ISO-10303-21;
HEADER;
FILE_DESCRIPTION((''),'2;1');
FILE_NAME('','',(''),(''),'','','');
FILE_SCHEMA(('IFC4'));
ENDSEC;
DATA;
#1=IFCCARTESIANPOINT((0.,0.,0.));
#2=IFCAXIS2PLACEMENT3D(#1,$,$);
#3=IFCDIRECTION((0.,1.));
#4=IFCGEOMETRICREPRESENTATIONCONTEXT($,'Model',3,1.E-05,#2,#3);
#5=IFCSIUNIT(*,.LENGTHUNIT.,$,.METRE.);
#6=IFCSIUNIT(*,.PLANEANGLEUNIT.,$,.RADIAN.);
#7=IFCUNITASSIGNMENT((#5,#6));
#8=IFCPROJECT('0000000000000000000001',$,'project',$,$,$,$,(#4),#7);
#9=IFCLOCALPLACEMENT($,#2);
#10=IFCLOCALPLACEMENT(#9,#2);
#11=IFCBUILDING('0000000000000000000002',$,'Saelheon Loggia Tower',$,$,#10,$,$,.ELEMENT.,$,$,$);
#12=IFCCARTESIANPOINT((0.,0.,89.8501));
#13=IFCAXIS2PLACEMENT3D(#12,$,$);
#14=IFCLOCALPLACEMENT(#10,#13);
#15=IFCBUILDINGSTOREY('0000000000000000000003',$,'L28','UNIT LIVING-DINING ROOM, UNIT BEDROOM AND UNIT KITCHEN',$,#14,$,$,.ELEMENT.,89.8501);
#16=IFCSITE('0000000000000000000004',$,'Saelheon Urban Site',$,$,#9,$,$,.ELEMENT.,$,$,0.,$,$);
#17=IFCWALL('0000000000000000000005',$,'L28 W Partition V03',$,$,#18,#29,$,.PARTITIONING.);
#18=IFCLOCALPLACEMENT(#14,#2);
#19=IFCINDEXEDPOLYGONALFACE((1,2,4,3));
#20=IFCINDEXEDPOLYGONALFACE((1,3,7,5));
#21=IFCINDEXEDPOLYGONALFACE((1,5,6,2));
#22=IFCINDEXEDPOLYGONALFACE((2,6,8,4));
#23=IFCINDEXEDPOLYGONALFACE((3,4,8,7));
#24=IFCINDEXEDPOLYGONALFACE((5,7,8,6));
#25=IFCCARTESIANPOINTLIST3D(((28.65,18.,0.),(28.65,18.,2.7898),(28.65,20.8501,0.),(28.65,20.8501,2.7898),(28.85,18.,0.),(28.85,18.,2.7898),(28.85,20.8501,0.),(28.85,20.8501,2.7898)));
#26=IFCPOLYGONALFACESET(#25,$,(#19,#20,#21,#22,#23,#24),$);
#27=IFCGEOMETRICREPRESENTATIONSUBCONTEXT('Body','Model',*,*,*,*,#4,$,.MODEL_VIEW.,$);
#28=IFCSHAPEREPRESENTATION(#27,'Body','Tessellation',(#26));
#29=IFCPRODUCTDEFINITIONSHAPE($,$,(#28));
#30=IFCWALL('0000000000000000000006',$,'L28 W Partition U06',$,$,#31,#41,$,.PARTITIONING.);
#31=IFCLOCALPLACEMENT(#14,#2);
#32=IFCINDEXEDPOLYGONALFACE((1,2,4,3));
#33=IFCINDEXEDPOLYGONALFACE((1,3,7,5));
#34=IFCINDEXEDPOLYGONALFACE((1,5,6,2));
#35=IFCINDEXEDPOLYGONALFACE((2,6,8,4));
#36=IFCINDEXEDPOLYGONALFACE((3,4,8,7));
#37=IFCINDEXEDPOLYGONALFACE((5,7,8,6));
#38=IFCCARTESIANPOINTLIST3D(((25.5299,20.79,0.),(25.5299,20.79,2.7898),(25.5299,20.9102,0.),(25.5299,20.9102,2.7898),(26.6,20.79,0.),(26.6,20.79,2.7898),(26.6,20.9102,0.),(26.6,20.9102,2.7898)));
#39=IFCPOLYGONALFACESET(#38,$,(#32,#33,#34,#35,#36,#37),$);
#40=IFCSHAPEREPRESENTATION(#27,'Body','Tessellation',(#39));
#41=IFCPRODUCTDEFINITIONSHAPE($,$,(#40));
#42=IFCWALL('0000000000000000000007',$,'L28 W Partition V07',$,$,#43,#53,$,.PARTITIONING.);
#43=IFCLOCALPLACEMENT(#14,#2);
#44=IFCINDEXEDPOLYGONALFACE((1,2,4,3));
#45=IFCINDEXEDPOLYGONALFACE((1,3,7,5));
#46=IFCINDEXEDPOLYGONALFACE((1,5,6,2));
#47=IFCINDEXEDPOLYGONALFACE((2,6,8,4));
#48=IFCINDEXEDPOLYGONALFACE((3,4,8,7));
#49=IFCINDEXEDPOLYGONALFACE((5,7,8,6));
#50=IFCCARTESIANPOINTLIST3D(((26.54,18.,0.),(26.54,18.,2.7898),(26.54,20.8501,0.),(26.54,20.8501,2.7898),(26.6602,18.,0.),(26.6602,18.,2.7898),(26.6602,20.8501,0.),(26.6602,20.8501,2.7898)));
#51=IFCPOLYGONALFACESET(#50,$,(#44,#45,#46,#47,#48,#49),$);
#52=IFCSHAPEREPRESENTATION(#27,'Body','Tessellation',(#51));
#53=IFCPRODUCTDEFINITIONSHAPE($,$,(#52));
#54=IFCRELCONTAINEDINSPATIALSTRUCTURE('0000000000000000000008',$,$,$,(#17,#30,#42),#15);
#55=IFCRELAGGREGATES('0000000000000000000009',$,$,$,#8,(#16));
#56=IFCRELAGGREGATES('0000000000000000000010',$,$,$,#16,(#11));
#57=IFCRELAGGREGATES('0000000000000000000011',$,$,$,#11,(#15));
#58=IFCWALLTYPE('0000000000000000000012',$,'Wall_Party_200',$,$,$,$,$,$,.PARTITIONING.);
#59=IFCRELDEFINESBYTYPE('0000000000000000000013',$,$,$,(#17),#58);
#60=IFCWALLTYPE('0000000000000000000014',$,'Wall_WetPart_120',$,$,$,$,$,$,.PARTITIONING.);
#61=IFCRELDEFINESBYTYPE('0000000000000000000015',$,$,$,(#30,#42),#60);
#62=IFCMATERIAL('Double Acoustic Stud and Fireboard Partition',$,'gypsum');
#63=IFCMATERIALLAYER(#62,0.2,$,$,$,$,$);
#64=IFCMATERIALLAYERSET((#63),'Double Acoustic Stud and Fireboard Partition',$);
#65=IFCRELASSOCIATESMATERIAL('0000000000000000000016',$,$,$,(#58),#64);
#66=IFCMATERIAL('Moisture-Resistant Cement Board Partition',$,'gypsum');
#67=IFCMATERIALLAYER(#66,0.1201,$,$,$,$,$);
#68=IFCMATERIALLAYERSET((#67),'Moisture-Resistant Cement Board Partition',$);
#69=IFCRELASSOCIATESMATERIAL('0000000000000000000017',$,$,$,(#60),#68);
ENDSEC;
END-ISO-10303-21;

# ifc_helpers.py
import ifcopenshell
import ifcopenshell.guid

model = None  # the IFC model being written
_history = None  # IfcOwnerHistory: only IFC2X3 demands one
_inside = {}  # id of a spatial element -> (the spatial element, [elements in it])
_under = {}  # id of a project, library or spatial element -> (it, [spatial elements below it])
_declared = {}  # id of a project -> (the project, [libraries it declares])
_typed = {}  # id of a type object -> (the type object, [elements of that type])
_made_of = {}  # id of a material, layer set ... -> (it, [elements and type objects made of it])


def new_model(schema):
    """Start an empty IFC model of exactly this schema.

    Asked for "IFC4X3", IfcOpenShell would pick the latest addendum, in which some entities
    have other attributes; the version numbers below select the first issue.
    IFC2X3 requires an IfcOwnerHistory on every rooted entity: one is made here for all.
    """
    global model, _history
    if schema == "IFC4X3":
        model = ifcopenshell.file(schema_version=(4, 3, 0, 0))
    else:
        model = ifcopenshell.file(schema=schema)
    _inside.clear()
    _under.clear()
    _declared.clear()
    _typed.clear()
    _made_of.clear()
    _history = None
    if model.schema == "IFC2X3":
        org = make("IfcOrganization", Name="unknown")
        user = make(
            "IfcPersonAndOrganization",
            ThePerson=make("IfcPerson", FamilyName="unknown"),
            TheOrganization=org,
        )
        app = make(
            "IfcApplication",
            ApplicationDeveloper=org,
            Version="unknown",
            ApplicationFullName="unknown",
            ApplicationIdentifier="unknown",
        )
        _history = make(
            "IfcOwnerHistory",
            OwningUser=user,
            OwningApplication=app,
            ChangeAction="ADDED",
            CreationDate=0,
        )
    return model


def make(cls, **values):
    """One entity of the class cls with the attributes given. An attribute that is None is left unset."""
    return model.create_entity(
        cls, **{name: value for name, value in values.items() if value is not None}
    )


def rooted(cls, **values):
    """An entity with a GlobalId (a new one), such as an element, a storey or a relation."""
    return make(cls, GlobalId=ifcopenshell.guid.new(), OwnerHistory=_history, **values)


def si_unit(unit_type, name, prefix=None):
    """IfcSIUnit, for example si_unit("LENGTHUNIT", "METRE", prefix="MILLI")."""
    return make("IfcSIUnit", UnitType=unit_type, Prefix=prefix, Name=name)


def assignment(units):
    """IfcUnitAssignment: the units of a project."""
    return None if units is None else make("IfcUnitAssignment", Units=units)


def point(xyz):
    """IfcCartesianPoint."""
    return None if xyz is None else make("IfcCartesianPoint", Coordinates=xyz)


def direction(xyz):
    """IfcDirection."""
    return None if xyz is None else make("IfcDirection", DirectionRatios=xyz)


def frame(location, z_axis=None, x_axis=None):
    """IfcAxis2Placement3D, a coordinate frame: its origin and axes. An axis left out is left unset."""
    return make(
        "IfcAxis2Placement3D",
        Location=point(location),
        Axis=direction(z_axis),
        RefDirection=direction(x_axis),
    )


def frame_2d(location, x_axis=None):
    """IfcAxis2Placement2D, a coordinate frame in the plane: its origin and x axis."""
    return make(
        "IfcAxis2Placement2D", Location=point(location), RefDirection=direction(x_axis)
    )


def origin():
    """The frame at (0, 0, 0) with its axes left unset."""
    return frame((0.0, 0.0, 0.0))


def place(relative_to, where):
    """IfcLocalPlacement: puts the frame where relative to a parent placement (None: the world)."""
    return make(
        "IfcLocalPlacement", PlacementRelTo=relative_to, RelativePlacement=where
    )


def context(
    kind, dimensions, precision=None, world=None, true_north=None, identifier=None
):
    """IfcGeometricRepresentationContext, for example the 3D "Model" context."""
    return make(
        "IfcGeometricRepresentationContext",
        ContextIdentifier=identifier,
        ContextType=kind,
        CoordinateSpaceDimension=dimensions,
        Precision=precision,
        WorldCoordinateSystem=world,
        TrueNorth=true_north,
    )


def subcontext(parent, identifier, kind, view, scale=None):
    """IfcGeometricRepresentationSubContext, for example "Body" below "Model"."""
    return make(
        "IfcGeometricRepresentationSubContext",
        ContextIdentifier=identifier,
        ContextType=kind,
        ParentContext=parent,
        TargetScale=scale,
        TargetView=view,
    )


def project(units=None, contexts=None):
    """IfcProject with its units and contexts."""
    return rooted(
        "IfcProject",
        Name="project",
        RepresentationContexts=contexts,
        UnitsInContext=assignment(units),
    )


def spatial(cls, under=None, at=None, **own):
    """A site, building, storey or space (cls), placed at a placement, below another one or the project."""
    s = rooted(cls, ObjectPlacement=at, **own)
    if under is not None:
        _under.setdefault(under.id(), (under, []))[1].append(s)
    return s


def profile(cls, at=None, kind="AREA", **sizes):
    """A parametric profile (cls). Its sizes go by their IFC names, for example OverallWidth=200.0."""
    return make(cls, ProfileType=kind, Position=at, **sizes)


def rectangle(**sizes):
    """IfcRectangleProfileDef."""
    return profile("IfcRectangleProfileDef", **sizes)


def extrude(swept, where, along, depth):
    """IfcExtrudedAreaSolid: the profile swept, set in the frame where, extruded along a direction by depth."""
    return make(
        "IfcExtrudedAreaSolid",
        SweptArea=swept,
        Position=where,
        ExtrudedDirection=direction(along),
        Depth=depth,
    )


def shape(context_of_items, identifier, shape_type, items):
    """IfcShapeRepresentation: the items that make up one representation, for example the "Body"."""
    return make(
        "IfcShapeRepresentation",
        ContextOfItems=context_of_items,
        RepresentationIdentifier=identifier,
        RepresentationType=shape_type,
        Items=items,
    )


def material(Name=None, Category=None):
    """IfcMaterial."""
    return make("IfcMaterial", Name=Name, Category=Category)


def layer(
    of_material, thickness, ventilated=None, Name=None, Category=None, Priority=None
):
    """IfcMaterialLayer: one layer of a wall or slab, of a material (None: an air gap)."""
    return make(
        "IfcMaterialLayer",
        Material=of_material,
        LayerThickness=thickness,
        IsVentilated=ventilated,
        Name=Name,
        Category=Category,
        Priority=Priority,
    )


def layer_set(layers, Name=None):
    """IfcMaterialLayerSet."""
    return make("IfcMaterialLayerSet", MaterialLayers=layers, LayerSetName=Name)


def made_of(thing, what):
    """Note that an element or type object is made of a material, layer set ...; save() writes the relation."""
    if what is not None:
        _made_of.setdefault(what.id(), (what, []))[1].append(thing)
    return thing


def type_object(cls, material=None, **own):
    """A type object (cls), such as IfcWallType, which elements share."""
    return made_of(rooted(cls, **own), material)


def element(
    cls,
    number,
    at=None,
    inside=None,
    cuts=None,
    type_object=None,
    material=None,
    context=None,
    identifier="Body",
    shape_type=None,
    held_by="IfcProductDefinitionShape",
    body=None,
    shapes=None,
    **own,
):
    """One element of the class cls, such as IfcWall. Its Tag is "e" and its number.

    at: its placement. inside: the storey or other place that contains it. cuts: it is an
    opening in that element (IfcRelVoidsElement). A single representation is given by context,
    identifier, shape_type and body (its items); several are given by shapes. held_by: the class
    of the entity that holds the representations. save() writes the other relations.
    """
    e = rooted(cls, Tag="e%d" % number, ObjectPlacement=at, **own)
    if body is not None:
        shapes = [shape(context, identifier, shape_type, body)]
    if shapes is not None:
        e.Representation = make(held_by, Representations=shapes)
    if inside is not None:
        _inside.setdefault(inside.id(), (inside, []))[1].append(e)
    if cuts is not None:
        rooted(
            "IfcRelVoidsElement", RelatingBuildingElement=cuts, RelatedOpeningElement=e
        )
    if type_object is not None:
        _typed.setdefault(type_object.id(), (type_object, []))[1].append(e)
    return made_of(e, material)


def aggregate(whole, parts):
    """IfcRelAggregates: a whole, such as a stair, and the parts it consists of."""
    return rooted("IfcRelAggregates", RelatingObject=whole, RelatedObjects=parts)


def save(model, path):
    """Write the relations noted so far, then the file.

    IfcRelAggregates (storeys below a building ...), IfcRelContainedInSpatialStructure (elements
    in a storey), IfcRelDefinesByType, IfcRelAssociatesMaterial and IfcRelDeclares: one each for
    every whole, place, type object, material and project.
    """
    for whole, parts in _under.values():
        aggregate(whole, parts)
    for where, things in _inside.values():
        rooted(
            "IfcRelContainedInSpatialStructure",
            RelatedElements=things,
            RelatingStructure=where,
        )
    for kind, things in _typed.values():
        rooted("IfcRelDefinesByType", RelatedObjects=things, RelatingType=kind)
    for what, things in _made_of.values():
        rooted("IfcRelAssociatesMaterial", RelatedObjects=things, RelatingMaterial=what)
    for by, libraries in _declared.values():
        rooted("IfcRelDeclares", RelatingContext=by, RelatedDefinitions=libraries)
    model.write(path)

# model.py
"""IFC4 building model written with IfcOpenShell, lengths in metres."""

from ifc_helpers import new_model, si_unit, direction, frame, frame_2d, origin, place, context, subcontext, project, spatial, rectangle, extrude, material, layer, layer_set, type_object, element, save


model = new_model("IFC4")

# Units and contexts
model_context = context("Model", 3, precision=1e-05, world=origin(), true_north=direction((0.0, 1.0)))
body_context = subcontext(model_context, "Body", "Model", "MODEL_VIEW")
ifc_project = project(units=[si_unit("LENGTHUNIT", "METRE"), si_unit("PLANEANGLEUNIT", "RADIAN")], contexts=[model_context])

# Site, building, storey
site_placement = place(None, origin())
site = spatial("IfcSite", under=ifc_project, at=site_placement, Name="Saelheon Urban Site", CompositionType="ELEMENT", RefElevation=0.0)
building_placement = place(site_placement, origin())
building = spatial("IfcBuilding", under=site, at=building_placement, Name="Saelheon Loggia Tower", CompositionType="ELEMENT")
storey_placement = place(building_placement, frame((0.0, 0.0, 89.8501)))
storey = spatial("IfcBuildingStorey", under=building, at=storey_placement, Name="L28", Description="UNIT LIVING-DINING ROOM, UNIT BEDROOM AND UNIT KITCHEN", CompositionType="ELEMENT", Elevation=89.8501)

# Wall
ifc_material_1 = material(Name="Double Acoustic Stud and Fireboard Partition", Category="gypsum")
ifc_layer_1 = layer(ifc_material_1, 0.2)
ifc_layer_set_1 = layer_set([ifc_layer_1], Name="Double Acoustic Stud and Fireboard Partition")
wall_type_1 = type_object("IfcWallType", Name="Wall_Party_200", PredefinedType="PARTITIONING", material=ifc_layer_set_1)
wall_1_placement = place(storey_placement, frame((28.75, 18.0, 0.0), z_axis=(0.0, 0.0, 1.0), x_axis=(0.0, 1.0, 0.0)))
element("IfcWall", 1, at=wall_1_placement, inside=storey, type_object=wall_type_1, Name="L28 W Partition V03", PredefinedType="PARTITIONING", context=body_context, shape_type="SweptSolid", body=[
    extrude(rectangle(XDim=2.8501, YDim=0.2, at=frame_2d((1.425, 0.0))), origin(), (0.0, 0.0, 1.0), 2.7898),
])

# Walls
ifc_material_2 = material(Name="Moisture-Resistant Cement Board Partition", Category="gypsum")
ifc_layer_2 = layer(ifc_material_2, 0.1201)
ifc_layer_set_2 = layer_set([ifc_layer_2], Name="Moisture-Resistant Cement Board Partition")
wall_type_2 = type_object("IfcWallType", Name="Wall_WetPart_120", PredefinedType="PARTITIONING", material=ifc_layer_set_2)
wall_2_placement = place(storey_placement, frame((26.6001, 20.8501, 0.0), z_axis=(0.0, 0.0, 1.0), x_axis=(-1.0, 0.0, 0.0)))
element("IfcWall", 2, at=wall_2_placement, inside=storey, type_object=wall_type_2, Name="L28 W Partition U06", PredefinedType="PARTITIONING", context=body_context, shape_type="SweptSolid", body=[
    extrude(rectangle(XDim=1.0701, YDim=0.1201, at=frame_2d((0.5352, 0.0))), origin(), (0.0, 0.0, 1.0), 2.7898),
])
wall_3_placement = place(storey_placement, frame((26.6001, 18.0, 0.0), z_axis=(0.0, 0.0, 1.0), x_axis=(0.0, 1.0, 0.0)))
element("IfcWall", 3, at=wall_3_placement, inside=storey, type_object=wall_type_2, Name="L28 W Partition V07", PredefinedType="PARTITIONING", context=body_context, shape_type="SweptSolid", body=[
    extrude(rectangle(XDim=2.8501, YDim=0.1201, at=frame_2d((1.425, 0.0))), origin(), (0.0, 0.0, 1.0), 2.7898),
])

save(model, "model.ifc")
